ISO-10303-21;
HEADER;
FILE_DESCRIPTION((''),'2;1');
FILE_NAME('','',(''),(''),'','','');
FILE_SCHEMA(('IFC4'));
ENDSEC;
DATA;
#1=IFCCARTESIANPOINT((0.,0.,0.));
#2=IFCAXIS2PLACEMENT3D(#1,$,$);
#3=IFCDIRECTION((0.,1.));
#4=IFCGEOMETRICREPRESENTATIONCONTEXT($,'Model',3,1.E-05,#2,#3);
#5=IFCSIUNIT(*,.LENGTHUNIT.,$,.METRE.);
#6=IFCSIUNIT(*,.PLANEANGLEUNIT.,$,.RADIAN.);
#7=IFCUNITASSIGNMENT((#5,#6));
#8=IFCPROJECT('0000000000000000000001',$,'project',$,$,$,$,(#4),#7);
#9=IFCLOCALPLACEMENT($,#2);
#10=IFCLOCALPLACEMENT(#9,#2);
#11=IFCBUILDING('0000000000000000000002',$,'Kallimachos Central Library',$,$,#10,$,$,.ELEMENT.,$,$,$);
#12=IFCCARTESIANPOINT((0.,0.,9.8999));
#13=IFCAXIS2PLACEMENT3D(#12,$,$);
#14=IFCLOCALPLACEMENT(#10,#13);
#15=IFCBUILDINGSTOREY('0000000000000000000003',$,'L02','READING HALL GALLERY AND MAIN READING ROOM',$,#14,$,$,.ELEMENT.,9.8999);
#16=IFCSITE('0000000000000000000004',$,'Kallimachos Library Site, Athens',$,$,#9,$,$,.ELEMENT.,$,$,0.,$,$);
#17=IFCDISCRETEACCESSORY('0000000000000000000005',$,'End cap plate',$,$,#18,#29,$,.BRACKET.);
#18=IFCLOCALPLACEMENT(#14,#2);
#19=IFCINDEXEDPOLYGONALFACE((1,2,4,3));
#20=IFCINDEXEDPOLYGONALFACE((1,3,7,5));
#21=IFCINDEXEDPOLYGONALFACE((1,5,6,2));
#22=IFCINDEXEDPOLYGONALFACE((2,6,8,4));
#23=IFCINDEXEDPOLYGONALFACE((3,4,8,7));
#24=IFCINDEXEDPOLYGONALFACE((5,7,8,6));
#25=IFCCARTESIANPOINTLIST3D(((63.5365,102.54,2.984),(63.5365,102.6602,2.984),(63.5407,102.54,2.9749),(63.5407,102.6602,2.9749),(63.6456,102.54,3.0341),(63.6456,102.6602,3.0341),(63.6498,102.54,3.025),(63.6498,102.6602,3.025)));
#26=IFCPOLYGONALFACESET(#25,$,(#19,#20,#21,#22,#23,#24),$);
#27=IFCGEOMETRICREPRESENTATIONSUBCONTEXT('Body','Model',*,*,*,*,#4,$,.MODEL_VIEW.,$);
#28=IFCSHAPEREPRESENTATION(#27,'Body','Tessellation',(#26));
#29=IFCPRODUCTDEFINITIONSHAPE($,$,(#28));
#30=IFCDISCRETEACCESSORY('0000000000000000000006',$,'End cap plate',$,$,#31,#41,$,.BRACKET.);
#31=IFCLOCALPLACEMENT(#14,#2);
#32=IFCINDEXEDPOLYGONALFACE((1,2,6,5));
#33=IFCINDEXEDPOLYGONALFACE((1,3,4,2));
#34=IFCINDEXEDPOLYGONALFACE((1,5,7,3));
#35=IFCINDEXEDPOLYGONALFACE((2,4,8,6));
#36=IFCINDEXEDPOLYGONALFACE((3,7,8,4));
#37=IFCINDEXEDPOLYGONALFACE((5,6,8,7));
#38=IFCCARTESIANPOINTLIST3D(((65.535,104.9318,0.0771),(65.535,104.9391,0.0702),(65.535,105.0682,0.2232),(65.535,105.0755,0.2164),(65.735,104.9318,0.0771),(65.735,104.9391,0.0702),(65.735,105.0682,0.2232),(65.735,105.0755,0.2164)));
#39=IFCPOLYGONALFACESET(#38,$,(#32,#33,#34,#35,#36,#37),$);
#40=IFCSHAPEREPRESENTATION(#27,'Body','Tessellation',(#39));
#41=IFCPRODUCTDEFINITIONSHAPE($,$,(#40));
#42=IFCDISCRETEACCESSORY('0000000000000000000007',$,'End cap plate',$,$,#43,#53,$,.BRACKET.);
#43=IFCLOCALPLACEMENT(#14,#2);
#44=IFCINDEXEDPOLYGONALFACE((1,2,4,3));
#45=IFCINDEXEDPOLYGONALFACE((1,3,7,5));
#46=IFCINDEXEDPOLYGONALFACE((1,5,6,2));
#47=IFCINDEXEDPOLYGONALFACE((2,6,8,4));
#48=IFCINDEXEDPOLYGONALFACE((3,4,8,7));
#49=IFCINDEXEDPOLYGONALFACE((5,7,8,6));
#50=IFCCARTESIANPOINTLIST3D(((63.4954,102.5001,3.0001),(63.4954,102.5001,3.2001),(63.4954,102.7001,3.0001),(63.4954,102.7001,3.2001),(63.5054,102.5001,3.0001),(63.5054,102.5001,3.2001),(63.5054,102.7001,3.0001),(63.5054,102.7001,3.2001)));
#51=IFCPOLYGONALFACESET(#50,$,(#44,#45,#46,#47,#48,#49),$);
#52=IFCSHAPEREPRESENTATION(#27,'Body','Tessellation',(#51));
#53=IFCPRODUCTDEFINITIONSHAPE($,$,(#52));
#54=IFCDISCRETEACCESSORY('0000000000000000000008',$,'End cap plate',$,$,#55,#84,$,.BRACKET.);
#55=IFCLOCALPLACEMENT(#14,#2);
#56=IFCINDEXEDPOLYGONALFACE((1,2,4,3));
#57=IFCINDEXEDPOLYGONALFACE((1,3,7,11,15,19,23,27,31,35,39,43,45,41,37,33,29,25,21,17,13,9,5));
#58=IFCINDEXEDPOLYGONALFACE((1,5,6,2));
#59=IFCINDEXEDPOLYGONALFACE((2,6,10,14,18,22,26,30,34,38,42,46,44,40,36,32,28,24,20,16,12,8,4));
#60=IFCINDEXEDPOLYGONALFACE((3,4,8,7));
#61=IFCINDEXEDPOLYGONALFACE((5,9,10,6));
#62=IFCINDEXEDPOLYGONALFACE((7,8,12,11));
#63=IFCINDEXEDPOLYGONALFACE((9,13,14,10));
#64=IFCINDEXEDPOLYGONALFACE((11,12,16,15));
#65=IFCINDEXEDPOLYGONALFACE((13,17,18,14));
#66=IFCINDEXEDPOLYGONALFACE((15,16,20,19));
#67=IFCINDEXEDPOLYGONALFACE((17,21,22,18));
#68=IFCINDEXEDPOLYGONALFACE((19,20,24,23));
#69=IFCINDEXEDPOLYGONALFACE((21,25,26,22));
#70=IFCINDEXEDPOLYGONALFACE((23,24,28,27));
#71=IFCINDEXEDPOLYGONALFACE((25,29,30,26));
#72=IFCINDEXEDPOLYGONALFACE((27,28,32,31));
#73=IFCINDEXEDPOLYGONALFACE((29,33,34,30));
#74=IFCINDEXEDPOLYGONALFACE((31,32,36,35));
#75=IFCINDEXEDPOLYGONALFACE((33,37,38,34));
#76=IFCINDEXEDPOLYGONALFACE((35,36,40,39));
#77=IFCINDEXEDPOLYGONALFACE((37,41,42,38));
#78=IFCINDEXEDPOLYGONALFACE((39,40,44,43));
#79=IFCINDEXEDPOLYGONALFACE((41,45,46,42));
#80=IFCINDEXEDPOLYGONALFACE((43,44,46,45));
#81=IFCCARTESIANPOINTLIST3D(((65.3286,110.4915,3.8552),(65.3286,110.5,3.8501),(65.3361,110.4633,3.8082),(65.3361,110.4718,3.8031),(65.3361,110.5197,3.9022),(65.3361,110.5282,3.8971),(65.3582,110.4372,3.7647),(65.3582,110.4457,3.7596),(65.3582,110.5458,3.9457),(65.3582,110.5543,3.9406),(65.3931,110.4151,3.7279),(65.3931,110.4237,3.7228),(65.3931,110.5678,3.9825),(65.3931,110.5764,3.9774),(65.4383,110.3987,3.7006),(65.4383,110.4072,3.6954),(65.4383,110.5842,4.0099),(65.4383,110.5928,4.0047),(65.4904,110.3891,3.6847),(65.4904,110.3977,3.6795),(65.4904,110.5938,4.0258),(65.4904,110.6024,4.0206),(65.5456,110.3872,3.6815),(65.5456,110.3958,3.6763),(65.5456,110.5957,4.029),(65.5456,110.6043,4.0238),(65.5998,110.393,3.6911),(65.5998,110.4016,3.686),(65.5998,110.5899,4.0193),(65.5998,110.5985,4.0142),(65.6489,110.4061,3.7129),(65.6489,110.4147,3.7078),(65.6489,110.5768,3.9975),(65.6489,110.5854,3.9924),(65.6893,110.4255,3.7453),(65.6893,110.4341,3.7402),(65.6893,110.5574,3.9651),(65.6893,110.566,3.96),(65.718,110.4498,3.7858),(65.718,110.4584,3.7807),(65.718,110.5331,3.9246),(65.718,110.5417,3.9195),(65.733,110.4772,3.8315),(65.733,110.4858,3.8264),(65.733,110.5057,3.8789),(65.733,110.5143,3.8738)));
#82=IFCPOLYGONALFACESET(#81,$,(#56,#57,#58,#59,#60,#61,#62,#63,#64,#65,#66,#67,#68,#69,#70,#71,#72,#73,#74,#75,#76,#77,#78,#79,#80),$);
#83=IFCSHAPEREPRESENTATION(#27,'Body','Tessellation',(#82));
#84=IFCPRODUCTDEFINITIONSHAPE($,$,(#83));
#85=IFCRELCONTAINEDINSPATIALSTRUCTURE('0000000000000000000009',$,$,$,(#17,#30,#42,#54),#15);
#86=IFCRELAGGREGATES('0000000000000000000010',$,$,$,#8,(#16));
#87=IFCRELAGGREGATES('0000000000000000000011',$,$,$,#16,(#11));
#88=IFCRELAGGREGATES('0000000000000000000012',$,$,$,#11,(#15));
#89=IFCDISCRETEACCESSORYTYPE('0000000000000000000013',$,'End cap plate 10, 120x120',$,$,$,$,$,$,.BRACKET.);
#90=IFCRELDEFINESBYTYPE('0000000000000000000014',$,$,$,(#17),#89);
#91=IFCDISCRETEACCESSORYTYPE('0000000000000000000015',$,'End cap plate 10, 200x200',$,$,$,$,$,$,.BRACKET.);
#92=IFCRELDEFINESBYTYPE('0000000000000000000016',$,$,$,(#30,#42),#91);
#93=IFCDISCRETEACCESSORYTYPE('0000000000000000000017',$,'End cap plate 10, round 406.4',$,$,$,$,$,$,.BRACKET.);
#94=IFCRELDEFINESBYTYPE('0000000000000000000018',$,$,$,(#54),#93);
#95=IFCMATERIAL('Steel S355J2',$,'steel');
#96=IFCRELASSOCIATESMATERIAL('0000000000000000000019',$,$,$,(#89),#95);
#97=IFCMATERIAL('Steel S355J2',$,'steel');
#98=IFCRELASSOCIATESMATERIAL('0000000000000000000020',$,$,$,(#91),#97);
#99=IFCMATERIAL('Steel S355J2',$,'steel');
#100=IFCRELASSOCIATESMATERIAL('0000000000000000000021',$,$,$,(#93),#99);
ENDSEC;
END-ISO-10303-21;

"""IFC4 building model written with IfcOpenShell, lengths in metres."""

from ifc_helpers import new_model, si_unit, direction, frame, origin, origin_2d, place, context, subcontext, project, spatial, rectangle, circle, extrude, material, material_profile, profile_set, type_object, element, save


model = new_model("IFC4")

# Units and contexts
model_context = context("Model", 3, precision=1e-05, world=origin(), true_north=direction((0.0, 1.0)))
body_context = subcontext(model_context, "Body", "Model", "MODEL_VIEW")
ifc_project = project(units=[si_unit("LENGTHUNIT", "METRE"), si_unit("PLANEANGLEUNIT", "RADIAN")], contexts=[model_context])

# Site, building, storey
site_placement = place(None, origin())
site = spatial("IfcSite", under=ifc_project, at=site_placement, Name="Kallimachos Library Site, Athens", CompositionType="ELEMENT", RefElevation=0.0)
building_placement = place(site_placement, origin())
building = spatial("IfcBuilding", under=site, at=building_placement, Name="Kallimachos Central Library", CompositionType="ELEMENT")
storey_placement = place(building_placement, frame((0.0, 0.0, 9.8999)))
storey = spatial("IfcBuildingStorey", under=building, at=storey_placement, Name="L02", Description="READING HALL GALLERY AND MAIN READING ROOM", CompositionType="ELEMENT", Elevation=9.8999)

# Discrete accessories
ifc_material_1 = material(Name="Steel S355J2", Category="steel")
ifc_material_profile_1 = material_profile(ifc_material_1, rectangle(XDim=0.1201, YDim=0.1201, at=origin_2d()), Name="End cap plate 10, 120x120")
ifc_profile_set_1 = profile_set([ifc_material_profile_1], Name="Steel S355J2")
discrete_accessory_type_1 = type_object("IfcDiscreteAccessoryType", Name="End cap plate 10, 120x120", PredefinedType="BRACKET", material=ifc_profile_set_1)
discrete_accessory_1_placement = place(storey_placement, frame((63.5911, 102.6001, 3.009), z_axis=(0.4175, 0.0, -0.908677), x_axis=(0.0, 1.0, 0.0)))
element("IfcDiscreteAccessory", 1, at=discrete_accessory_1_placement, inside=storey, type_object=discrete_accessory_type_1, Name="End cap plate", PredefinedType="BRACKET", context=body_context, shape_type="SweptSolid", body=[
    extrude(rectangle(XDim=0.1201, YDim=0.1201, at=origin_2d()), origin(), (0.0, 0.0, 1.0), 0.01),
])
ifc_material_2 = material(Name="Steel S355J2", Category="steel")
ifc_material_profile_2 = material_profile(ifc_material_2, rectangle(XDim=0.2, YDim=0.2, at=origin_2d()), Name="End cap plate 10, 200x200")
ifc_profile_set_2 = profile_set([ifc_material_profile_2], Name="Steel S355J2")
discrete_accessory_type_2 = type_object("IfcDiscreteAccessoryType", Name="End cap plate 10, 200x200", PredefinedType="BRACKET", material=ifc_profile_set_2)
for number, where, z_axis, x_axis, name in (
    (2, (65.635, 105.0073, 0.1433), (0.0, -0.731055, 0.682318), (1.0, 0.0, 0.0), "End cap plate"),
    (3, (63.4954, 102.6001, 3.1001), (1.0, 0.0, 0.0), (0.0, 1.0, 0.0), "End cap plate"),
):
    element("IfcDiscreteAccessory", number, at=place(storey_placement, frame(where, z_axis=z_axis, x_axis=x_axis)), inside=storey, type_object=discrete_accessory_type_2, Name=name, PredefinedType="BRACKET", context=body_context, shape_type="SweptSolid", body=[
        extrude(rectangle(XDim=0.2, YDim=0.2, at=origin_2d()), origin(), (0.0, 0.0, 1.0), 0.01),
    ])
ifc_material_3 = material(Name="Steel S355J2", Category="steel")
ifc_material_profile_3 = material_profile(ifc_material_3, circle(Radius=0.2031, at=origin_2d()), Name="End cap plate 10, round 406.4")
ifc_profile_set_3 = profile_set([ifc_material_profile_3], Name="Steel S355J2")
discrete_accessory_type_3 = type_object("IfcDiscreteAccessoryType", Name="End cap plate 10, round 406.4", PredefinedType="BRACKET", material=ifc_profile_set_3)
discrete_accessory_2_placement = place(storey_placement, frame((65.5317, 110.4915, 3.8552), z_axis=(0.0, 0.857493, -0.514496), x_axis=(-1.0, 0.0, 0.0)))
element("IfcDiscreteAccessory", 4, at=discrete_accessory_2_placement, inside=storey, type_object=discrete_accessory_type_3, Name="End cap plate", PredefinedType="BRACKET", context=body_context, shape_type="SweptSolid", body=[
    extrude(circle(Radius=0.2031, at=origin_2d()), origin(), (0.0, 0.0, 1.0), 0.01),
])

save(model, "model.ifc")
